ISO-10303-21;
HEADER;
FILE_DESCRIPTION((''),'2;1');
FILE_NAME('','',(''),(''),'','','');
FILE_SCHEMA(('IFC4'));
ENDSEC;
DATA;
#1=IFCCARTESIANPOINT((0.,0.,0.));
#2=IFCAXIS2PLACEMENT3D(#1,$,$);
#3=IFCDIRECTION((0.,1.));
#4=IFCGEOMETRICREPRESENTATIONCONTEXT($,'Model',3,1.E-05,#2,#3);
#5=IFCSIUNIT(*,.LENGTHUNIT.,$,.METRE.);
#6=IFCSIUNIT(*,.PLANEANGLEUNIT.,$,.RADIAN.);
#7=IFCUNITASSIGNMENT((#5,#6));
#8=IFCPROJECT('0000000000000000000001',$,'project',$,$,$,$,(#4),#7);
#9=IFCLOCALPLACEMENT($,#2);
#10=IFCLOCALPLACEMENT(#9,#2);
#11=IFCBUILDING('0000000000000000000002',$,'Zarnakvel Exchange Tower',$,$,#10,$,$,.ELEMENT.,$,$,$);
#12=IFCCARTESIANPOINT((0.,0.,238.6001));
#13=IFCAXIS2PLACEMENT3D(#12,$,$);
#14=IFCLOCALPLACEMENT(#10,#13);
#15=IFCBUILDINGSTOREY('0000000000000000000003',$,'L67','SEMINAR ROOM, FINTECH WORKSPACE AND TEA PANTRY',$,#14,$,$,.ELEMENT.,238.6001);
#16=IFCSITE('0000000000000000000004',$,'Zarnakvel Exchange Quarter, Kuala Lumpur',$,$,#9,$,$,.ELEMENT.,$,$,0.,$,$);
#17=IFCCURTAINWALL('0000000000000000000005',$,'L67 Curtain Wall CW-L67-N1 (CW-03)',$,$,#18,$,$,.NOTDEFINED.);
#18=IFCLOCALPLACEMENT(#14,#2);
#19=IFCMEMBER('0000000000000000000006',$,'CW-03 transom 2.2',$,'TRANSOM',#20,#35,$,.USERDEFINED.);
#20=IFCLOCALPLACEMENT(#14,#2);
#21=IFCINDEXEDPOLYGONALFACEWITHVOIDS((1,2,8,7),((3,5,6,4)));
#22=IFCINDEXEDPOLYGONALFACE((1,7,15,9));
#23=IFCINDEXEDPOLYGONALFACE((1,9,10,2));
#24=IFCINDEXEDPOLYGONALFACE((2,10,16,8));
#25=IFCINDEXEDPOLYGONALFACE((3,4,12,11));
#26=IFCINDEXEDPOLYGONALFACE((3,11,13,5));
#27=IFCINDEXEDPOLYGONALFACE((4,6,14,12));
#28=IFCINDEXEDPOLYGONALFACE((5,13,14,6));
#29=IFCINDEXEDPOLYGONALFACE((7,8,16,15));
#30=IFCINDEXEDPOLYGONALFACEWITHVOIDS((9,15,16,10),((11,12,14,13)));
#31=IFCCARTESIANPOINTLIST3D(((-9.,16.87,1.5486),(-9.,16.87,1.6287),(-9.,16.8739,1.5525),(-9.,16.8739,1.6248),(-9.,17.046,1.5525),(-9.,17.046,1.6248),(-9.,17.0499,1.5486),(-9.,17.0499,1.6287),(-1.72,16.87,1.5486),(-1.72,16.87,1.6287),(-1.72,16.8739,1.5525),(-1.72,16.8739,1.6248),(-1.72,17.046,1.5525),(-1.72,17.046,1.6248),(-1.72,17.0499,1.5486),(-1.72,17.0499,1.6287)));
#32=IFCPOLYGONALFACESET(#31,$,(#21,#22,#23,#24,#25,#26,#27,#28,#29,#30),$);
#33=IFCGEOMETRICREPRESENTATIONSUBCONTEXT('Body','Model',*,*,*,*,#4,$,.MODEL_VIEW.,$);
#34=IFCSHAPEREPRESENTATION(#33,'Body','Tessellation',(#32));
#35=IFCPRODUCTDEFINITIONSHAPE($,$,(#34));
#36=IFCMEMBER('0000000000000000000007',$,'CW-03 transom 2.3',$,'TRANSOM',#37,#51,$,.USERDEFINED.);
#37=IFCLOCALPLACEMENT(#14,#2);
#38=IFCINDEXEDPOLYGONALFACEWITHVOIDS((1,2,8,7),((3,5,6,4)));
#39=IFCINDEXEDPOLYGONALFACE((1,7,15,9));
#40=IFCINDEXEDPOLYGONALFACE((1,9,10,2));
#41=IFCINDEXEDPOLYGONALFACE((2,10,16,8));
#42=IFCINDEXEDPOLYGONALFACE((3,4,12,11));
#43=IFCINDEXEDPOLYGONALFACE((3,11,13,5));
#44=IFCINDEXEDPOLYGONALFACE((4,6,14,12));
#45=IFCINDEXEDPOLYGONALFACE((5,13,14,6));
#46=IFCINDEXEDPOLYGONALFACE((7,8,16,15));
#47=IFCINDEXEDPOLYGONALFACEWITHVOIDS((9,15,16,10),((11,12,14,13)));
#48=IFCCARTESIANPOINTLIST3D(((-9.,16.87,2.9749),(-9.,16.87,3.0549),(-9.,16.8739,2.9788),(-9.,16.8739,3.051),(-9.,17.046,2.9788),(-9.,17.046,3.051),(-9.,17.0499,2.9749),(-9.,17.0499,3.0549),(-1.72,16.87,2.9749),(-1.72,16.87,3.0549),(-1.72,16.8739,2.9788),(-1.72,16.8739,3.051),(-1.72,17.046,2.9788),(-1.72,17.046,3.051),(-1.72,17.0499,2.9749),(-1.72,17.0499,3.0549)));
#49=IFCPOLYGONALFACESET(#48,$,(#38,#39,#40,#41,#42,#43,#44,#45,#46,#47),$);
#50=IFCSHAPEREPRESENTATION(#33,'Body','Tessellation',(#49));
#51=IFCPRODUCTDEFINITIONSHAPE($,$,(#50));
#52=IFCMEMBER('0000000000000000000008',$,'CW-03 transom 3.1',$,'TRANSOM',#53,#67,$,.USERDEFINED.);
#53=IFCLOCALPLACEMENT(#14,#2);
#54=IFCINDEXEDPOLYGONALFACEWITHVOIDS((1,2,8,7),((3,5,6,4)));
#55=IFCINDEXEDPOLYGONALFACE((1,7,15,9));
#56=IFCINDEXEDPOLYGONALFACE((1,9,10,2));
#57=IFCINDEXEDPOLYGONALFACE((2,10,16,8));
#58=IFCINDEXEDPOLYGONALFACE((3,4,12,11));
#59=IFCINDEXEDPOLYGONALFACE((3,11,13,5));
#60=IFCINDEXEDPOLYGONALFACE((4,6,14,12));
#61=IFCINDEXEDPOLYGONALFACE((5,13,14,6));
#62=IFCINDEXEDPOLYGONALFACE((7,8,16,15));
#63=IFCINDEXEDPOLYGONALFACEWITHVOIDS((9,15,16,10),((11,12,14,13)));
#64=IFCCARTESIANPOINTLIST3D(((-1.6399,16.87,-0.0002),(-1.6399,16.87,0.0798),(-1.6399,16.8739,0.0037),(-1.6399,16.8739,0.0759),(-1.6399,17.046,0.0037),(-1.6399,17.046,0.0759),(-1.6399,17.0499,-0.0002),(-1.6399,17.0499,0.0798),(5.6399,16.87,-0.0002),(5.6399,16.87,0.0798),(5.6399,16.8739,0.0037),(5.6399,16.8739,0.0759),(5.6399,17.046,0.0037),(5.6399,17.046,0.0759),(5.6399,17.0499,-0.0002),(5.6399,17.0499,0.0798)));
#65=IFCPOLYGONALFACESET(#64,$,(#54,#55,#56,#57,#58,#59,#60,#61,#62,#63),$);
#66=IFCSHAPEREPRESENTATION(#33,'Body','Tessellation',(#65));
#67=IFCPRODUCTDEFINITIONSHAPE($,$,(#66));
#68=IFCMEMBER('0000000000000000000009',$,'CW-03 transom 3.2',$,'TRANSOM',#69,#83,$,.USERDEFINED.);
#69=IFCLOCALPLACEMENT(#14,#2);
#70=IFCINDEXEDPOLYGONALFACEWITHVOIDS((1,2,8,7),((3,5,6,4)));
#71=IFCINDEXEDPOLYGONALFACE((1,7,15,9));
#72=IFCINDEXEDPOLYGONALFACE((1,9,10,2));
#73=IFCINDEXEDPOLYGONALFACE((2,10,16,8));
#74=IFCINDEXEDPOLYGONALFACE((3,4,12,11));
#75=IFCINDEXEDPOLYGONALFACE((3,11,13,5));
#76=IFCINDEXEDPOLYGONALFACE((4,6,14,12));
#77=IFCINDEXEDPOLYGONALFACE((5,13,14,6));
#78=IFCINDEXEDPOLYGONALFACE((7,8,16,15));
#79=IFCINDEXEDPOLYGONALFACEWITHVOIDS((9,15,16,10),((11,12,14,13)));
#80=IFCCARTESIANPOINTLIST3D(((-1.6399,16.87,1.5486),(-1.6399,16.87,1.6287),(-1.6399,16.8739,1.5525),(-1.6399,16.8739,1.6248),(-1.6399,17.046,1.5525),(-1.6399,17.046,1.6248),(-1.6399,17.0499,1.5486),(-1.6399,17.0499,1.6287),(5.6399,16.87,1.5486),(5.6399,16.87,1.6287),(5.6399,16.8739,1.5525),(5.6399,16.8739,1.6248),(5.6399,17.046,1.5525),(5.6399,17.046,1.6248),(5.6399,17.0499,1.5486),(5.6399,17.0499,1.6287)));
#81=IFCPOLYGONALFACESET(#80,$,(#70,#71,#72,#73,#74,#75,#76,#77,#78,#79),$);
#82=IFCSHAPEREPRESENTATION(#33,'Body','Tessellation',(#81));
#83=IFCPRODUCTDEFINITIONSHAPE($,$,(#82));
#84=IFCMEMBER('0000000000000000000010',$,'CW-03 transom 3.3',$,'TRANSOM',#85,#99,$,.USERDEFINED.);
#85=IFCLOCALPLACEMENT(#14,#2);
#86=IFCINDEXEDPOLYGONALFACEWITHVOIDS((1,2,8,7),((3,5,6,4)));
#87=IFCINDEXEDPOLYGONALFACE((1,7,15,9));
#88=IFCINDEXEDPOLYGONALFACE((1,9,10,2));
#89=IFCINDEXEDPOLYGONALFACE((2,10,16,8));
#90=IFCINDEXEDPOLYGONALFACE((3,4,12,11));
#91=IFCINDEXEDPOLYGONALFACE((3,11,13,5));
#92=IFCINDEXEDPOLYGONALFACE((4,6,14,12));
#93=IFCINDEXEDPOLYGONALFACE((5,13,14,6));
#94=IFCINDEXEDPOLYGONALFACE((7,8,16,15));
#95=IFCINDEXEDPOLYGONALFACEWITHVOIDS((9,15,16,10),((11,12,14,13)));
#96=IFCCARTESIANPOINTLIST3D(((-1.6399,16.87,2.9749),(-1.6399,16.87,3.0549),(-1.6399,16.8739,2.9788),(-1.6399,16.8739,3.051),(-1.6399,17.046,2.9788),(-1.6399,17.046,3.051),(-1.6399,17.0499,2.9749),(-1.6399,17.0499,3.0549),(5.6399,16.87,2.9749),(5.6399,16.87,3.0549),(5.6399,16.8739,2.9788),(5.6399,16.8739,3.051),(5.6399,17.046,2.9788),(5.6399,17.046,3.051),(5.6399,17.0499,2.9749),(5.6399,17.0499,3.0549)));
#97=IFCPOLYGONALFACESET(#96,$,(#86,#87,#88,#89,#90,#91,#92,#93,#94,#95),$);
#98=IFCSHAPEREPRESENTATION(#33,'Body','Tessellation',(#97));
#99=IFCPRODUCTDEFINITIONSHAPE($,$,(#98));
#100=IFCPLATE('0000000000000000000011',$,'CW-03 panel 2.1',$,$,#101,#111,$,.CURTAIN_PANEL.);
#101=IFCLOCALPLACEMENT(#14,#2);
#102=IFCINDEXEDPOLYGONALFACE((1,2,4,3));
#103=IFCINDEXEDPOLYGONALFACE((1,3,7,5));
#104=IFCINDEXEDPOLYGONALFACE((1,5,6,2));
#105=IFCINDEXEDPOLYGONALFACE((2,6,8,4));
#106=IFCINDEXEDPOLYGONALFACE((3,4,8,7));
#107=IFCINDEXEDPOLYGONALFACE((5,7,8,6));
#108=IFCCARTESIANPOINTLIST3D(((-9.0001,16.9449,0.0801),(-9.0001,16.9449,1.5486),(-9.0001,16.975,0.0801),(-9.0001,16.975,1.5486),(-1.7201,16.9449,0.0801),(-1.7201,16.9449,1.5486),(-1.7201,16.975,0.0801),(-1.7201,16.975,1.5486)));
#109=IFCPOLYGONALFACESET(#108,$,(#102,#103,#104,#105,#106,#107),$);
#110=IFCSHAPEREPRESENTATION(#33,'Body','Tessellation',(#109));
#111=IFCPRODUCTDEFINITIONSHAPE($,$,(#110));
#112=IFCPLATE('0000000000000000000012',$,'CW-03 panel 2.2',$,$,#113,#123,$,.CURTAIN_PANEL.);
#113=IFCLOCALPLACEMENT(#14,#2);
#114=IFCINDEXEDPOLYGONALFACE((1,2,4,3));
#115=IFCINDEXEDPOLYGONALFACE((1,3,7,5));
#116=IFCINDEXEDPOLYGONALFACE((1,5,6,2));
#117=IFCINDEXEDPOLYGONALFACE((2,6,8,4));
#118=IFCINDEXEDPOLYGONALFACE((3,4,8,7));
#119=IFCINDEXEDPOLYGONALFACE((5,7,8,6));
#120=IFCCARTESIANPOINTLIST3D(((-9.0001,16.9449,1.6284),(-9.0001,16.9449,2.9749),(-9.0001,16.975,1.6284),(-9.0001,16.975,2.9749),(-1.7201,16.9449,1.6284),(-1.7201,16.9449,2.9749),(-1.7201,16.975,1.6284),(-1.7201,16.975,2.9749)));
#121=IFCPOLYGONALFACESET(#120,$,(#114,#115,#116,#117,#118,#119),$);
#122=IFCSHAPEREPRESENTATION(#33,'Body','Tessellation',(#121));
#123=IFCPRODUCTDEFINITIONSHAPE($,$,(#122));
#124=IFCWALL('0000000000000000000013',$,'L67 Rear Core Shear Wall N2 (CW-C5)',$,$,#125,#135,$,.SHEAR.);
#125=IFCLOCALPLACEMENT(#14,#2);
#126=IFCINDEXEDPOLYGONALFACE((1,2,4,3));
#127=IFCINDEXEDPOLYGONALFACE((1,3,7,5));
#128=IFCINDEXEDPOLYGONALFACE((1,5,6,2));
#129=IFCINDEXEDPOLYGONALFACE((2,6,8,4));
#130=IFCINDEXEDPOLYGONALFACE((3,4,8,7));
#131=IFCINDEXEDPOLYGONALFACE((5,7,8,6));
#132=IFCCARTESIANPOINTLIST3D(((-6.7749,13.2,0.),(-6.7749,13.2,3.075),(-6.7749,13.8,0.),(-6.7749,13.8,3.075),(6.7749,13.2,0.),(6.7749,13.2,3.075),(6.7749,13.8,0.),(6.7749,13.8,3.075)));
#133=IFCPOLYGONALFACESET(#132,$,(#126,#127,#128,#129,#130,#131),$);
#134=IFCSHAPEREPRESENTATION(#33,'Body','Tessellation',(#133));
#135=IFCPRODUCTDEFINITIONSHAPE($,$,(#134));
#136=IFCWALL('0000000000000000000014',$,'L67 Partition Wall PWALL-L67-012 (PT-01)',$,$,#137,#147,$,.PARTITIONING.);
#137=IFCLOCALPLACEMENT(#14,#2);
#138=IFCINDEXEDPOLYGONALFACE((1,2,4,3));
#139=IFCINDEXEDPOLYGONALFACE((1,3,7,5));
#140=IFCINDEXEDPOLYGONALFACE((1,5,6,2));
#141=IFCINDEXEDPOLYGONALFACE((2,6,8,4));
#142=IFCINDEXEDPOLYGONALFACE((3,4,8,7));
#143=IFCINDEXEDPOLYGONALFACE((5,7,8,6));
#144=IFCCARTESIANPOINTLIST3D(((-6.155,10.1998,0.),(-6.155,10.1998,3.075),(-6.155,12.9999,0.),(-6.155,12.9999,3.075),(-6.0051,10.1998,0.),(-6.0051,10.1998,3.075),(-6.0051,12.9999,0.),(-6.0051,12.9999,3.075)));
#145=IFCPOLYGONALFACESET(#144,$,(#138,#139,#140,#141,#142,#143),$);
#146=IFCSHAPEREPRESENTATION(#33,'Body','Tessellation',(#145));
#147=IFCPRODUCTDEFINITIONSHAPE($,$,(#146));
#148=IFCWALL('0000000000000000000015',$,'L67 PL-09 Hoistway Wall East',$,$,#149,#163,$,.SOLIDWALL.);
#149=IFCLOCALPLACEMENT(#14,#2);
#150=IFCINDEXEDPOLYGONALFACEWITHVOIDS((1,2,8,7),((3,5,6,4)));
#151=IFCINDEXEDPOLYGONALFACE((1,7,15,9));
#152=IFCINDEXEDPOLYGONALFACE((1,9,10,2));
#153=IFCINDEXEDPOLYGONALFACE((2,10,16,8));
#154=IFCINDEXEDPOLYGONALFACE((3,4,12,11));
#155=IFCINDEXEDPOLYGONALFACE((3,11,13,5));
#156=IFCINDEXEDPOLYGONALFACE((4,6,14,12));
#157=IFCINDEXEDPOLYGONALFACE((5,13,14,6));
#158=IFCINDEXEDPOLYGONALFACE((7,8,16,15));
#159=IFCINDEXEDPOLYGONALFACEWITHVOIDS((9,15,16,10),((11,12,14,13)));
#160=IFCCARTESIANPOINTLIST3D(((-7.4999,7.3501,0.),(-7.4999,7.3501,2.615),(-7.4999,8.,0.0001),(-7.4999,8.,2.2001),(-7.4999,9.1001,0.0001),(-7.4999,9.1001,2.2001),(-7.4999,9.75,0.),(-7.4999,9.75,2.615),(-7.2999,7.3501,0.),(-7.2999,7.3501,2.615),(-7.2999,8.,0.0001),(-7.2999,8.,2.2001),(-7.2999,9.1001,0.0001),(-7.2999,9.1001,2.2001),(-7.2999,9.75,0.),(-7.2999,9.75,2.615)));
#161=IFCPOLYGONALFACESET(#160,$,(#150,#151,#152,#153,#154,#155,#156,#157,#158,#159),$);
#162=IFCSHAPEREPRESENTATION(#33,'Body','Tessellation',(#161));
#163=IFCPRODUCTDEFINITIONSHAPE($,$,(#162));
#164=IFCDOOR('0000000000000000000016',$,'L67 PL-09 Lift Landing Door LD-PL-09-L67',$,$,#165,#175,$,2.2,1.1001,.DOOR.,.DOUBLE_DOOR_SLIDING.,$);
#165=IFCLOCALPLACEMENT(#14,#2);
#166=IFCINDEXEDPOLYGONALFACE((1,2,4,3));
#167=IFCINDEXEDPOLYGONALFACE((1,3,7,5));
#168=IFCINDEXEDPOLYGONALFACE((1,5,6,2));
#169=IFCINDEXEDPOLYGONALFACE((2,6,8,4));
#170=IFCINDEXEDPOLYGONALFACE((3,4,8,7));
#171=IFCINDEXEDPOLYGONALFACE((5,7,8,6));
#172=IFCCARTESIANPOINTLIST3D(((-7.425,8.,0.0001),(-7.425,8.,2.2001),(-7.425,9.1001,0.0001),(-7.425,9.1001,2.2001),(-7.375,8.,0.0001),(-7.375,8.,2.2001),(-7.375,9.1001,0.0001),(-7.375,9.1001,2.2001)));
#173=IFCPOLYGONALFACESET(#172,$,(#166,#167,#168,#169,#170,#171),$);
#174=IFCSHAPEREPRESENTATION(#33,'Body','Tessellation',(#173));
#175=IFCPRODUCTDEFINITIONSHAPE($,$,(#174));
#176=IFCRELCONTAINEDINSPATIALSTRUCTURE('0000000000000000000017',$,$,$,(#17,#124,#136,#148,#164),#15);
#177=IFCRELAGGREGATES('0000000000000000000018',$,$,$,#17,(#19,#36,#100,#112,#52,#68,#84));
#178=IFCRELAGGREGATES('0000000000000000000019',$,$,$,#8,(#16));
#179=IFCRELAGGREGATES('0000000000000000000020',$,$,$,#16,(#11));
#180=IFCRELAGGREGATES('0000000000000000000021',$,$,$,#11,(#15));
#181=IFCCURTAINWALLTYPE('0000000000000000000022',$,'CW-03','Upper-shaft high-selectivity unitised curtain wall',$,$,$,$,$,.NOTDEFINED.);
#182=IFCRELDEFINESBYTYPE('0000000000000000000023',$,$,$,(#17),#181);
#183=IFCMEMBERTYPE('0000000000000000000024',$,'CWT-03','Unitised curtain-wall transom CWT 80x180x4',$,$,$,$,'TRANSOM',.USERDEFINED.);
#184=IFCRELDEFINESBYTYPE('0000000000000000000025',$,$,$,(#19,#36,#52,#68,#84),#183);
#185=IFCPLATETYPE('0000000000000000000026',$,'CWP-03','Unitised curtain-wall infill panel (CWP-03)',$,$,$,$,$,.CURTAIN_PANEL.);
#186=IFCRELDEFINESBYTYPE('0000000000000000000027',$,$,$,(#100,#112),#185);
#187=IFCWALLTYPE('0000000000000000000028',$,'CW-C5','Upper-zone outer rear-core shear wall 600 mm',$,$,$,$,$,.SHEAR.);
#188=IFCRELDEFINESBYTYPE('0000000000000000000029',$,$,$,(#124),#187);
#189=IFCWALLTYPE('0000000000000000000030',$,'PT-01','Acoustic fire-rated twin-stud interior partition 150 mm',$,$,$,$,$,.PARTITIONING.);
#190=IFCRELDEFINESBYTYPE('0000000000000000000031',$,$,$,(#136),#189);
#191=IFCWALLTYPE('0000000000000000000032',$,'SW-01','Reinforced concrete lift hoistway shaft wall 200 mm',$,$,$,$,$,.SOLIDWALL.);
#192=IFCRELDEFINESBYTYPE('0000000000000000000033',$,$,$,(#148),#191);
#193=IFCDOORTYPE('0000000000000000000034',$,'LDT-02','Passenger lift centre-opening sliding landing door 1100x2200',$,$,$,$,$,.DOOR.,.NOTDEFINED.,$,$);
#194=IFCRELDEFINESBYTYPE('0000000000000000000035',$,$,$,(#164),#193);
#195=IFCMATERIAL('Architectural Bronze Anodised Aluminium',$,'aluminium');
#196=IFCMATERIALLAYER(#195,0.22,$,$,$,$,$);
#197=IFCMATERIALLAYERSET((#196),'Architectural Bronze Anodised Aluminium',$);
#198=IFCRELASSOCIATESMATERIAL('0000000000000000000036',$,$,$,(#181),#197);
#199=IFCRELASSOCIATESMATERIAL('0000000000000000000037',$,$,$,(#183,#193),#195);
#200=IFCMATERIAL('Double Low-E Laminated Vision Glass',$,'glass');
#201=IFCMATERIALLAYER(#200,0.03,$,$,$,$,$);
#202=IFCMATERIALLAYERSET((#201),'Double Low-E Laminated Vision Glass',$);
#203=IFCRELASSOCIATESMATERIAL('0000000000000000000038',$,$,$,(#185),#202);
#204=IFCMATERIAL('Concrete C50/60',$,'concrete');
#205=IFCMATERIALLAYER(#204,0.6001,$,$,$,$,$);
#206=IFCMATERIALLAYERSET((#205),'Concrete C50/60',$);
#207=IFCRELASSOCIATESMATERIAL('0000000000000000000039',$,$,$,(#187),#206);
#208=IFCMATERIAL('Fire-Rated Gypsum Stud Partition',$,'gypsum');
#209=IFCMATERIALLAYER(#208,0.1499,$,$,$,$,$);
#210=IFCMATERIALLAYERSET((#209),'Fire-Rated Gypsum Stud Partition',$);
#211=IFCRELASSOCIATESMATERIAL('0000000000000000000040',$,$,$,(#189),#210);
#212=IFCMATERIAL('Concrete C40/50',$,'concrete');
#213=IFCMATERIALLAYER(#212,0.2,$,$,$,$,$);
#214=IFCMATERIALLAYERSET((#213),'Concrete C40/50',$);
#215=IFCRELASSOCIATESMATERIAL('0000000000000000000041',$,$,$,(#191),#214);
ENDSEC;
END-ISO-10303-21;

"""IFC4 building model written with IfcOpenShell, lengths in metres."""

from ifc_helpers import new_model, si_unit, direction, frame, frame_2d, origin, origin_2d, place, context, subcontext, project, spatial, rectangle, hollow_rectangle, extrude, source, transform, mapped, material, layer, layer_set, material_profile, profile_set, type_object, element, fill, aggregate, save


model = new_model("IFC4")

# Units and contexts
model_context = context("Model", 3, precision=1e-05, world=origin(), true_north=direction((0.0, 1.0)))
body_context = subcontext(model_context, "Body", "Model", "MODEL_VIEW")
ifc_project = project(units=[si_unit("LENGTHUNIT", "METRE"), si_unit("PLANEANGLEUNIT", "RADIAN")], contexts=[model_context])

# Site, building, storey
site_placement = place(None, origin())
site = spatial("IfcSite", under=ifc_project, at=site_placement, Name="Zarnakvel Exchange Quarter, Kuala Lumpur", CompositionType="ELEMENT", RefElevation=0.0)
building_placement = place(site_placement, origin())
building = spatial("IfcBuilding", under=site, at=building_placement, Name="Zarnakvel Exchange Tower", CompositionType="ELEMENT")
storey_placement = place(building_placement, frame((0.0, 0.0, 238.6001)))
storey = spatial("IfcBuildingStorey", under=building, at=storey_placement, Name="L67", Description="SEMINAR ROOM, FINTECH WORKSPACE AND TEA PANTRY", CompositionType="ELEMENT", Elevation=238.6001)

# Shared definitions
ifc_material_1 = material(Name="Concrete C50/60", Category="concrete")

# Curtain wall, members, plates
ifc_material_2 = material(Name="Architectural Bronze Anodised Aluminium", Category="aluminium")
ifc_layer_1 = layer(ifc_material_2, 0.22)
ifc_layer_set_1 = layer_set([ifc_layer_1], Name="Architectural Bronze Anodised Aluminium")
curtain_wall_type = type_object("IfcCurtainWallType", Name="CW-03", Description="Upper-shaft high-selectivity unitised curtain wall", PredefinedType="NOTDEFINED", material=ifc_layer_set_1)
curtain_wall_placement = place(storey_placement, origin())
curtain_wall = element("IfcCurtainWall", 1, at=curtain_wall_placement, inside=storey, type_object=curtain_wall_type, Name="L67 Curtain Wall CW-L67-N1 (CW-03)", PredefinedType="NOTDEFINED")
ifc_material_profile_1 = material_profile(ifc_material_2, hollow_rectangle(XDim=0.1799, YDim=0.0801, WallThickness=0.0039, at=origin_2d()))
ifc_profile_set_1 = profile_set([ifc_material_profile_1], Name="Architectural Bronze Anodised Aluminium")
member_type_1 = type_object("IfcMemberType", Name="CWT-03", Description="Unitised curtain-wall transom CWT 80x180x4", ElementType="TRANSOM", PredefinedType="USERDEFINED", material=ifc_profile_set_1)
shared_shape_1 = source(origin(), body_context, "Body", "SweptSolid", [
    extrude(hollow_rectangle(XDim=0.1799, YDim=0.0801, WallThickness=0.0039, at=origin_2d()), origin(), (0.0, 0.0, 1.0), 7.28),
])
member_1_placement = place(storey_placement, frame((-9.0, 16.96, 1.5886), z_axis=(1.0, 0.0, 0.0), x_axis=(0.0, 1.0, 0.0)))
member_1 = element("IfcMember", 2, at=member_1_placement, type_object=member_type_1, Name="CW-03 transom 2.2", ObjectType="TRANSOM", PredefinedType="USERDEFINED", context=body_context, shape_type="MappedRepresentation", body=[
    mapped(shared_shape_1, transform((0.0, 0.0, 0.0), x_axis=(1.0, 0.0, 0.0), y_axis=(0.0, 1.0, 0.0), z_axis=(0.0, 0.0, 1.0), scale=1.0)),
])
member_2_placement = place(storey_placement, frame((-9.0, 16.96, 3.0149), z_axis=(1.0, 0.0, 0.0), x_axis=(0.0, 1.0, 0.0)))
member_2 = element("IfcMember", 3, at=member_2_placement, type_object=member_type_1, Name="CW-03 transom 2.3", ObjectType="TRANSOM", PredefinedType="USERDEFINED", context=body_context, shape_type="MappedRepresentation", body=[
    mapped(shared_shape_1, transform((0.0, 0.0, 0.0), x_axis=(1.0, 0.0, 0.0), y_axis=(0.0, 1.0, 0.0), z_axis=(0.0, 0.0, 1.0), scale=1.0)),
])
shared_shape_2 = source(origin(), body_context, "Body", "SweptSolid", [
    extrude(hollow_rectangle(XDim=0.1799, YDim=0.0801, WallThickness=0.0039, at=origin_2d()), origin(), (0.0, 0.0, 1.0), 7.2798),
])
member_3_placement = place(storey_placement, frame((-1.6399, 16.96, 0.0398), z_axis=(1.0, 0.0, 0.0), x_axis=(0.0, 1.0, 0.0)))
member_3 = element("IfcMember", 4, at=member_3_placement, type_object=member_type_1, Name="CW-03 transom 3.1", ObjectType="TRANSOM", PredefinedType="USERDEFINED", context=body_context, shape_type="MappedRepresentation", body=[
    mapped(shared_shape_2, transform((0.0, 0.0, 0.0), x_axis=(1.0, 0.0, 0.0), y_axis=(0.0, 1.0, 0.0), z_axis=(0.0, 0.0, 1.0), scale=1.0)),
])
member_4_placement = place(storey_placement, frame((-1.6399, 16.96, 1.5886), z_axis=(1.0, 0.0, 0.0), x_axis=(0.0, 1.0, 0.0)))
member_4 = element("IfcMember", 5, at=member_4_placement, type_object=member_type_1, Name="CW-03 transom 3.2", ObjectType="TRANSOM", PredefinedType="USERDEFINED", context=body_context, shape_type="MappedRepresentation", body=[
    mapped(shared_shape_2, transform((0.0, 0.0, 0.0), x_axis=(1.0, 0.0, 0.0), y_axis=(0.0, 1.0, 0.0), z_axis=(0.0, 0.0, 1.0), scale=1.0)),
])
member_5_placement = place(storey_placement, frame((-1.6399, 16.96, 3.0149), z_axis=(1.0, 0.0, 0.0), x_axis=(0.0, 1.0, 0.0)))
member_5 = element("IfcMember", 6, at=member_5_placement, type_object=member_type_1, Name="CW-03 transom 3.3", ObjectType="TRANSOM", PredefinedType="USERDEFINED", context=body_context, shape_type="MappedRepresentation", body=[
    mapped(shared_shape_2, transform((0.0, 0.0, 0.0), x_axis=(1.0, 0.0, 0.0), y_axis=(0.0, 1.0, 0.0), z_axis=(0.0, 0.0, 1.0), scale=1.0)),
])
ifc_material_3 = material(Name="Double Low-E Laminated Vision Glass", Category="glass")
ifc_layer_2 = layer(ifc_material_3, 0.03)
ifc_layer_set_2 = layer_set([ifc_layer_2], Name="Double Low-E Laminated Vision Glass")
plate_type = type_object("IfcPlateType", Name="CWP-03", Description="Unitised curtain-wall infill panel (CWP-03)", PredefinedType="CURTAIN_PANEL", material=ifc_layer_set_2)
shared_shape_3 = source(origin(), body_context, "Body", "SweptSolid", [
    extrude(rectangle(XDim=7.28, YDim=0.03, at=origin_2d()), origin(), (0.0, 0.0, 1.0), 1.4685),
])
plate_1_placement = place(storey_placement, frame((-5.3601, 16.96, 0.0801), z_axis=(0.0, 0.0, 1.0), x_axis=(1.0, 0.0, 0.0)))
plate_1 = element("IfcPlate", 7, at=plate_1_placement, type_object=plate_type, Name="CW-03 panel 2.1", PredefinedType="CURTAIN_PANEL", context=body_context, shape_type="MappedRepresentation", body=[
    mapped(shared_shape_3, transform((0.0, 0.0, 0.0), x_axis=(1.0, 0.0, 0.0), y_axis=(0.0, 1.0, 0.0), z_axis=(0.0, 0.0, 1.0), scale=1.0)),
])
shared_shape_4 = source(origin(), body_context, "Body", "SweptSolid", [
    extrude(rectangle(XDim=7.28, YDim=0.03, at=origin_2d()), origin(), (0.0, 0.0, 1.0), 1.3464),
])
plate_2_placement = place(storey_placement, frame((-5.3601, 16.96, 1.6284), z_axis=(0.0, 0.0, 1.0), x_axis=(1.0, 0.0, 0.0)))
plate_2 = element("IfcPlate", 8, at=plate_2_placement, type_object=plate_type, Name="CW-03 panel 2.2", PredefinedType="CURTAIN_PANEL", context=body_context, shape_type="MappedRepresentation", body=[
    mapped(shared_shape_4, transform((0.0, 0.0, 0.0), x_axis=(1.0, 0.0, 0.0), y_axis=(0.0, 1.0, 0.0), z_axis=(0.0, 0.0, 1.0), scale=1.0)),
])
aggregate(curtain_wall, [member_1, member_2, plate_1, plate_2, member_3, member_4, member_5])

# Walls
ifc_layer_3 = layer(ifc_material_1, 0.6001)
ifc_layer_set_3 = layer_set([ifc_layer_3], Name="Concrete C50/60")
wall_type_1 = type_object("IfcWallType", Name="CW-C5", Description="Upper-zone outer rear-core shear wall 600 mm", PredefinedType="SHEAR", material=ifc_layer_set_3)
wall_1_placement = place(storey_placement, frame((-6.7749, 13.5, 0.0), z_axis=(0.0, 0.0, 1.0), x_axis=(1.0, 0.0, 0.0)))
element("IfcWall", 9, at=wall_1_placement, inside=storey, type_object=wall_type_1, Name="L67 Rear Core Shear Wall N2 (CW-C5)", PredefinedType="SHEAR", context=body_context, shape_type="SweptSolid", body=[
    extrude(rectangle(XDim=13.5498, YDim=0.6001, at=frame_2d((6.7749, 0.0))), origin(), (0.0, 0.0, 1.0), 3.075),
])
ifc_material_4 = material(Name="Fire-Rated Gypsum Stud Partition", Category="gypsum")
ifc_layer_4 = layer(ifc_material_4, 0.1499)
ifc_layer_set_4 = layer_set([ifc_layer_4], Name="Fire-Rated Gypsum Stud Partition")
wall_type_2 = type_object("IfcWallType", Name="PT-01", Description="Acoustic fire-rated twin-stud interior partition 150 mm", PredefinedType="PARTITIONING", material=ifc_layer_set_4)
wall_2_placement = place(storey_placement, frame((-6.0801, 10.2, 0.0), z_axis=(0.0, 0.0, 1.0), x_axis=(0.0, 1.0, 0.0)))
element("IfcWall", 10, at=wall_2_placement, inside=storey, type_object=wall_type_2, Name="L67 Partition Wall PWALL-L67-012 (PT-01)", PredefinedType="PARTITIONING", context=body_context, shape_type="SweptSolid", body=[
    extrude(rectangle(XDim=2.8, YDim=0.1499, at=frame_2d((1.3999, 0.0))), origin(), (0.0, 0.0, 1.0), 3.075),
])

# Wall, opening, door
ifc_material_5 = material(Name="Concrete C40/50", Category="concrete")
ifc_layer_5 = layer(ifc_material_5, 0.2)
ifc_layer_set_5 = layer_set([ifc_layer_5], Name="Concrete C40/50")
wall_type_3 = type_object("IfcWallType", Name="SW-01", Description="Reinforced concrete lift hoistway shaft wall 200 mm", PredefinedType="SOLIDWALL", material=ifc_layer_set_5)
wall_3_placement = place(storey_placement, frame((-7.3999, 9.75, 0.0), z_axis=(0.0, 0.0, 1.0), x_axis=(0.0, -1.0, 0.0)))
wall_3 = element("IfcWall", 11, at=wall_3_placement, inside=storey, type_object=wall_type_3, Name="L67 PL-09 Hoistway Wall East", PredefinedType="SOLIDWALL", context=body_context, shape_type="SweptSolid", body=[
    extrude(rectangle(XDim=2.3999, YDim=0.2, at=frame_2d((1.2, 0.0))), origin(), (0.0, 0.0, 1.0), 2.615),
])
opening_1_placement = place(wall_3_placement, frame((0.6499, 0.0, 0.0)))
opening_1 = element("IfcOpeningElement", 12, at=opening_1_placement, cuts=wall_3, PredefinedType="OPENING", context=body_context, shape_type="SweptSolid", body=[
    extrude(rectangle(XDim=1.1001, YDim=2.2, at=frame_2d((0.55, 1.1001))), frame((0.0, 0.1099, 0.0), z_axis=(0.0, -1.0, 0.0), x_axis=(1.0, 0.0, 0.0)), (0.0, 0.0, 1.0), 0.22),
])
door_type = type_object("IfcDoorType", Name="LDT-02", Description="Passenger lift centre-opening sliding landing door 1100x2200", OperationType="NOTDEFINED", PredefinedType="DOOR", material=ifc_material_2)
shared_shape_5 = source(origin(), body_context, "Body", "SweptSolid", [
    extrude(rectangle(XDim=1.1001, YDim=2.2, at=frame_2d((0.55, 1.1001))), frame((0.0, 0.0249, 0.0), z_axis=(0.0, -1.0, 0.0), x_axis=(1.0, 0.0, 0.0)), (0.0, 0.0, 1.0), 0.05),
])
door_1_placement = place(opening_1_placement, origin())
door_1 = element("IfcDoor", 13, at=door_1_placement, inside=storey, type_object=door_type, Name="L67 PL-09 Lift Landing Door LD-PL-09-L67", OperationType="DOUBLE_DOOR_SLIDING", OverallHeight=2.2, OverallWidth=1.1001, PredefinedType="DOOR", context=body_context, shape_type="MappedRepresentation", body=[
    mapped(shared_shape_5, transform((0.0, 0.0, 0.0), x_axis=(1.0, 0.0, 0.0), y_axis=(0.0, 1.0, 0.0), z_axis=(0.0, 0.0, 1.0), scale=1.0)),
])
fill(opening_1, door_1)

save(model, "model.ifc")
